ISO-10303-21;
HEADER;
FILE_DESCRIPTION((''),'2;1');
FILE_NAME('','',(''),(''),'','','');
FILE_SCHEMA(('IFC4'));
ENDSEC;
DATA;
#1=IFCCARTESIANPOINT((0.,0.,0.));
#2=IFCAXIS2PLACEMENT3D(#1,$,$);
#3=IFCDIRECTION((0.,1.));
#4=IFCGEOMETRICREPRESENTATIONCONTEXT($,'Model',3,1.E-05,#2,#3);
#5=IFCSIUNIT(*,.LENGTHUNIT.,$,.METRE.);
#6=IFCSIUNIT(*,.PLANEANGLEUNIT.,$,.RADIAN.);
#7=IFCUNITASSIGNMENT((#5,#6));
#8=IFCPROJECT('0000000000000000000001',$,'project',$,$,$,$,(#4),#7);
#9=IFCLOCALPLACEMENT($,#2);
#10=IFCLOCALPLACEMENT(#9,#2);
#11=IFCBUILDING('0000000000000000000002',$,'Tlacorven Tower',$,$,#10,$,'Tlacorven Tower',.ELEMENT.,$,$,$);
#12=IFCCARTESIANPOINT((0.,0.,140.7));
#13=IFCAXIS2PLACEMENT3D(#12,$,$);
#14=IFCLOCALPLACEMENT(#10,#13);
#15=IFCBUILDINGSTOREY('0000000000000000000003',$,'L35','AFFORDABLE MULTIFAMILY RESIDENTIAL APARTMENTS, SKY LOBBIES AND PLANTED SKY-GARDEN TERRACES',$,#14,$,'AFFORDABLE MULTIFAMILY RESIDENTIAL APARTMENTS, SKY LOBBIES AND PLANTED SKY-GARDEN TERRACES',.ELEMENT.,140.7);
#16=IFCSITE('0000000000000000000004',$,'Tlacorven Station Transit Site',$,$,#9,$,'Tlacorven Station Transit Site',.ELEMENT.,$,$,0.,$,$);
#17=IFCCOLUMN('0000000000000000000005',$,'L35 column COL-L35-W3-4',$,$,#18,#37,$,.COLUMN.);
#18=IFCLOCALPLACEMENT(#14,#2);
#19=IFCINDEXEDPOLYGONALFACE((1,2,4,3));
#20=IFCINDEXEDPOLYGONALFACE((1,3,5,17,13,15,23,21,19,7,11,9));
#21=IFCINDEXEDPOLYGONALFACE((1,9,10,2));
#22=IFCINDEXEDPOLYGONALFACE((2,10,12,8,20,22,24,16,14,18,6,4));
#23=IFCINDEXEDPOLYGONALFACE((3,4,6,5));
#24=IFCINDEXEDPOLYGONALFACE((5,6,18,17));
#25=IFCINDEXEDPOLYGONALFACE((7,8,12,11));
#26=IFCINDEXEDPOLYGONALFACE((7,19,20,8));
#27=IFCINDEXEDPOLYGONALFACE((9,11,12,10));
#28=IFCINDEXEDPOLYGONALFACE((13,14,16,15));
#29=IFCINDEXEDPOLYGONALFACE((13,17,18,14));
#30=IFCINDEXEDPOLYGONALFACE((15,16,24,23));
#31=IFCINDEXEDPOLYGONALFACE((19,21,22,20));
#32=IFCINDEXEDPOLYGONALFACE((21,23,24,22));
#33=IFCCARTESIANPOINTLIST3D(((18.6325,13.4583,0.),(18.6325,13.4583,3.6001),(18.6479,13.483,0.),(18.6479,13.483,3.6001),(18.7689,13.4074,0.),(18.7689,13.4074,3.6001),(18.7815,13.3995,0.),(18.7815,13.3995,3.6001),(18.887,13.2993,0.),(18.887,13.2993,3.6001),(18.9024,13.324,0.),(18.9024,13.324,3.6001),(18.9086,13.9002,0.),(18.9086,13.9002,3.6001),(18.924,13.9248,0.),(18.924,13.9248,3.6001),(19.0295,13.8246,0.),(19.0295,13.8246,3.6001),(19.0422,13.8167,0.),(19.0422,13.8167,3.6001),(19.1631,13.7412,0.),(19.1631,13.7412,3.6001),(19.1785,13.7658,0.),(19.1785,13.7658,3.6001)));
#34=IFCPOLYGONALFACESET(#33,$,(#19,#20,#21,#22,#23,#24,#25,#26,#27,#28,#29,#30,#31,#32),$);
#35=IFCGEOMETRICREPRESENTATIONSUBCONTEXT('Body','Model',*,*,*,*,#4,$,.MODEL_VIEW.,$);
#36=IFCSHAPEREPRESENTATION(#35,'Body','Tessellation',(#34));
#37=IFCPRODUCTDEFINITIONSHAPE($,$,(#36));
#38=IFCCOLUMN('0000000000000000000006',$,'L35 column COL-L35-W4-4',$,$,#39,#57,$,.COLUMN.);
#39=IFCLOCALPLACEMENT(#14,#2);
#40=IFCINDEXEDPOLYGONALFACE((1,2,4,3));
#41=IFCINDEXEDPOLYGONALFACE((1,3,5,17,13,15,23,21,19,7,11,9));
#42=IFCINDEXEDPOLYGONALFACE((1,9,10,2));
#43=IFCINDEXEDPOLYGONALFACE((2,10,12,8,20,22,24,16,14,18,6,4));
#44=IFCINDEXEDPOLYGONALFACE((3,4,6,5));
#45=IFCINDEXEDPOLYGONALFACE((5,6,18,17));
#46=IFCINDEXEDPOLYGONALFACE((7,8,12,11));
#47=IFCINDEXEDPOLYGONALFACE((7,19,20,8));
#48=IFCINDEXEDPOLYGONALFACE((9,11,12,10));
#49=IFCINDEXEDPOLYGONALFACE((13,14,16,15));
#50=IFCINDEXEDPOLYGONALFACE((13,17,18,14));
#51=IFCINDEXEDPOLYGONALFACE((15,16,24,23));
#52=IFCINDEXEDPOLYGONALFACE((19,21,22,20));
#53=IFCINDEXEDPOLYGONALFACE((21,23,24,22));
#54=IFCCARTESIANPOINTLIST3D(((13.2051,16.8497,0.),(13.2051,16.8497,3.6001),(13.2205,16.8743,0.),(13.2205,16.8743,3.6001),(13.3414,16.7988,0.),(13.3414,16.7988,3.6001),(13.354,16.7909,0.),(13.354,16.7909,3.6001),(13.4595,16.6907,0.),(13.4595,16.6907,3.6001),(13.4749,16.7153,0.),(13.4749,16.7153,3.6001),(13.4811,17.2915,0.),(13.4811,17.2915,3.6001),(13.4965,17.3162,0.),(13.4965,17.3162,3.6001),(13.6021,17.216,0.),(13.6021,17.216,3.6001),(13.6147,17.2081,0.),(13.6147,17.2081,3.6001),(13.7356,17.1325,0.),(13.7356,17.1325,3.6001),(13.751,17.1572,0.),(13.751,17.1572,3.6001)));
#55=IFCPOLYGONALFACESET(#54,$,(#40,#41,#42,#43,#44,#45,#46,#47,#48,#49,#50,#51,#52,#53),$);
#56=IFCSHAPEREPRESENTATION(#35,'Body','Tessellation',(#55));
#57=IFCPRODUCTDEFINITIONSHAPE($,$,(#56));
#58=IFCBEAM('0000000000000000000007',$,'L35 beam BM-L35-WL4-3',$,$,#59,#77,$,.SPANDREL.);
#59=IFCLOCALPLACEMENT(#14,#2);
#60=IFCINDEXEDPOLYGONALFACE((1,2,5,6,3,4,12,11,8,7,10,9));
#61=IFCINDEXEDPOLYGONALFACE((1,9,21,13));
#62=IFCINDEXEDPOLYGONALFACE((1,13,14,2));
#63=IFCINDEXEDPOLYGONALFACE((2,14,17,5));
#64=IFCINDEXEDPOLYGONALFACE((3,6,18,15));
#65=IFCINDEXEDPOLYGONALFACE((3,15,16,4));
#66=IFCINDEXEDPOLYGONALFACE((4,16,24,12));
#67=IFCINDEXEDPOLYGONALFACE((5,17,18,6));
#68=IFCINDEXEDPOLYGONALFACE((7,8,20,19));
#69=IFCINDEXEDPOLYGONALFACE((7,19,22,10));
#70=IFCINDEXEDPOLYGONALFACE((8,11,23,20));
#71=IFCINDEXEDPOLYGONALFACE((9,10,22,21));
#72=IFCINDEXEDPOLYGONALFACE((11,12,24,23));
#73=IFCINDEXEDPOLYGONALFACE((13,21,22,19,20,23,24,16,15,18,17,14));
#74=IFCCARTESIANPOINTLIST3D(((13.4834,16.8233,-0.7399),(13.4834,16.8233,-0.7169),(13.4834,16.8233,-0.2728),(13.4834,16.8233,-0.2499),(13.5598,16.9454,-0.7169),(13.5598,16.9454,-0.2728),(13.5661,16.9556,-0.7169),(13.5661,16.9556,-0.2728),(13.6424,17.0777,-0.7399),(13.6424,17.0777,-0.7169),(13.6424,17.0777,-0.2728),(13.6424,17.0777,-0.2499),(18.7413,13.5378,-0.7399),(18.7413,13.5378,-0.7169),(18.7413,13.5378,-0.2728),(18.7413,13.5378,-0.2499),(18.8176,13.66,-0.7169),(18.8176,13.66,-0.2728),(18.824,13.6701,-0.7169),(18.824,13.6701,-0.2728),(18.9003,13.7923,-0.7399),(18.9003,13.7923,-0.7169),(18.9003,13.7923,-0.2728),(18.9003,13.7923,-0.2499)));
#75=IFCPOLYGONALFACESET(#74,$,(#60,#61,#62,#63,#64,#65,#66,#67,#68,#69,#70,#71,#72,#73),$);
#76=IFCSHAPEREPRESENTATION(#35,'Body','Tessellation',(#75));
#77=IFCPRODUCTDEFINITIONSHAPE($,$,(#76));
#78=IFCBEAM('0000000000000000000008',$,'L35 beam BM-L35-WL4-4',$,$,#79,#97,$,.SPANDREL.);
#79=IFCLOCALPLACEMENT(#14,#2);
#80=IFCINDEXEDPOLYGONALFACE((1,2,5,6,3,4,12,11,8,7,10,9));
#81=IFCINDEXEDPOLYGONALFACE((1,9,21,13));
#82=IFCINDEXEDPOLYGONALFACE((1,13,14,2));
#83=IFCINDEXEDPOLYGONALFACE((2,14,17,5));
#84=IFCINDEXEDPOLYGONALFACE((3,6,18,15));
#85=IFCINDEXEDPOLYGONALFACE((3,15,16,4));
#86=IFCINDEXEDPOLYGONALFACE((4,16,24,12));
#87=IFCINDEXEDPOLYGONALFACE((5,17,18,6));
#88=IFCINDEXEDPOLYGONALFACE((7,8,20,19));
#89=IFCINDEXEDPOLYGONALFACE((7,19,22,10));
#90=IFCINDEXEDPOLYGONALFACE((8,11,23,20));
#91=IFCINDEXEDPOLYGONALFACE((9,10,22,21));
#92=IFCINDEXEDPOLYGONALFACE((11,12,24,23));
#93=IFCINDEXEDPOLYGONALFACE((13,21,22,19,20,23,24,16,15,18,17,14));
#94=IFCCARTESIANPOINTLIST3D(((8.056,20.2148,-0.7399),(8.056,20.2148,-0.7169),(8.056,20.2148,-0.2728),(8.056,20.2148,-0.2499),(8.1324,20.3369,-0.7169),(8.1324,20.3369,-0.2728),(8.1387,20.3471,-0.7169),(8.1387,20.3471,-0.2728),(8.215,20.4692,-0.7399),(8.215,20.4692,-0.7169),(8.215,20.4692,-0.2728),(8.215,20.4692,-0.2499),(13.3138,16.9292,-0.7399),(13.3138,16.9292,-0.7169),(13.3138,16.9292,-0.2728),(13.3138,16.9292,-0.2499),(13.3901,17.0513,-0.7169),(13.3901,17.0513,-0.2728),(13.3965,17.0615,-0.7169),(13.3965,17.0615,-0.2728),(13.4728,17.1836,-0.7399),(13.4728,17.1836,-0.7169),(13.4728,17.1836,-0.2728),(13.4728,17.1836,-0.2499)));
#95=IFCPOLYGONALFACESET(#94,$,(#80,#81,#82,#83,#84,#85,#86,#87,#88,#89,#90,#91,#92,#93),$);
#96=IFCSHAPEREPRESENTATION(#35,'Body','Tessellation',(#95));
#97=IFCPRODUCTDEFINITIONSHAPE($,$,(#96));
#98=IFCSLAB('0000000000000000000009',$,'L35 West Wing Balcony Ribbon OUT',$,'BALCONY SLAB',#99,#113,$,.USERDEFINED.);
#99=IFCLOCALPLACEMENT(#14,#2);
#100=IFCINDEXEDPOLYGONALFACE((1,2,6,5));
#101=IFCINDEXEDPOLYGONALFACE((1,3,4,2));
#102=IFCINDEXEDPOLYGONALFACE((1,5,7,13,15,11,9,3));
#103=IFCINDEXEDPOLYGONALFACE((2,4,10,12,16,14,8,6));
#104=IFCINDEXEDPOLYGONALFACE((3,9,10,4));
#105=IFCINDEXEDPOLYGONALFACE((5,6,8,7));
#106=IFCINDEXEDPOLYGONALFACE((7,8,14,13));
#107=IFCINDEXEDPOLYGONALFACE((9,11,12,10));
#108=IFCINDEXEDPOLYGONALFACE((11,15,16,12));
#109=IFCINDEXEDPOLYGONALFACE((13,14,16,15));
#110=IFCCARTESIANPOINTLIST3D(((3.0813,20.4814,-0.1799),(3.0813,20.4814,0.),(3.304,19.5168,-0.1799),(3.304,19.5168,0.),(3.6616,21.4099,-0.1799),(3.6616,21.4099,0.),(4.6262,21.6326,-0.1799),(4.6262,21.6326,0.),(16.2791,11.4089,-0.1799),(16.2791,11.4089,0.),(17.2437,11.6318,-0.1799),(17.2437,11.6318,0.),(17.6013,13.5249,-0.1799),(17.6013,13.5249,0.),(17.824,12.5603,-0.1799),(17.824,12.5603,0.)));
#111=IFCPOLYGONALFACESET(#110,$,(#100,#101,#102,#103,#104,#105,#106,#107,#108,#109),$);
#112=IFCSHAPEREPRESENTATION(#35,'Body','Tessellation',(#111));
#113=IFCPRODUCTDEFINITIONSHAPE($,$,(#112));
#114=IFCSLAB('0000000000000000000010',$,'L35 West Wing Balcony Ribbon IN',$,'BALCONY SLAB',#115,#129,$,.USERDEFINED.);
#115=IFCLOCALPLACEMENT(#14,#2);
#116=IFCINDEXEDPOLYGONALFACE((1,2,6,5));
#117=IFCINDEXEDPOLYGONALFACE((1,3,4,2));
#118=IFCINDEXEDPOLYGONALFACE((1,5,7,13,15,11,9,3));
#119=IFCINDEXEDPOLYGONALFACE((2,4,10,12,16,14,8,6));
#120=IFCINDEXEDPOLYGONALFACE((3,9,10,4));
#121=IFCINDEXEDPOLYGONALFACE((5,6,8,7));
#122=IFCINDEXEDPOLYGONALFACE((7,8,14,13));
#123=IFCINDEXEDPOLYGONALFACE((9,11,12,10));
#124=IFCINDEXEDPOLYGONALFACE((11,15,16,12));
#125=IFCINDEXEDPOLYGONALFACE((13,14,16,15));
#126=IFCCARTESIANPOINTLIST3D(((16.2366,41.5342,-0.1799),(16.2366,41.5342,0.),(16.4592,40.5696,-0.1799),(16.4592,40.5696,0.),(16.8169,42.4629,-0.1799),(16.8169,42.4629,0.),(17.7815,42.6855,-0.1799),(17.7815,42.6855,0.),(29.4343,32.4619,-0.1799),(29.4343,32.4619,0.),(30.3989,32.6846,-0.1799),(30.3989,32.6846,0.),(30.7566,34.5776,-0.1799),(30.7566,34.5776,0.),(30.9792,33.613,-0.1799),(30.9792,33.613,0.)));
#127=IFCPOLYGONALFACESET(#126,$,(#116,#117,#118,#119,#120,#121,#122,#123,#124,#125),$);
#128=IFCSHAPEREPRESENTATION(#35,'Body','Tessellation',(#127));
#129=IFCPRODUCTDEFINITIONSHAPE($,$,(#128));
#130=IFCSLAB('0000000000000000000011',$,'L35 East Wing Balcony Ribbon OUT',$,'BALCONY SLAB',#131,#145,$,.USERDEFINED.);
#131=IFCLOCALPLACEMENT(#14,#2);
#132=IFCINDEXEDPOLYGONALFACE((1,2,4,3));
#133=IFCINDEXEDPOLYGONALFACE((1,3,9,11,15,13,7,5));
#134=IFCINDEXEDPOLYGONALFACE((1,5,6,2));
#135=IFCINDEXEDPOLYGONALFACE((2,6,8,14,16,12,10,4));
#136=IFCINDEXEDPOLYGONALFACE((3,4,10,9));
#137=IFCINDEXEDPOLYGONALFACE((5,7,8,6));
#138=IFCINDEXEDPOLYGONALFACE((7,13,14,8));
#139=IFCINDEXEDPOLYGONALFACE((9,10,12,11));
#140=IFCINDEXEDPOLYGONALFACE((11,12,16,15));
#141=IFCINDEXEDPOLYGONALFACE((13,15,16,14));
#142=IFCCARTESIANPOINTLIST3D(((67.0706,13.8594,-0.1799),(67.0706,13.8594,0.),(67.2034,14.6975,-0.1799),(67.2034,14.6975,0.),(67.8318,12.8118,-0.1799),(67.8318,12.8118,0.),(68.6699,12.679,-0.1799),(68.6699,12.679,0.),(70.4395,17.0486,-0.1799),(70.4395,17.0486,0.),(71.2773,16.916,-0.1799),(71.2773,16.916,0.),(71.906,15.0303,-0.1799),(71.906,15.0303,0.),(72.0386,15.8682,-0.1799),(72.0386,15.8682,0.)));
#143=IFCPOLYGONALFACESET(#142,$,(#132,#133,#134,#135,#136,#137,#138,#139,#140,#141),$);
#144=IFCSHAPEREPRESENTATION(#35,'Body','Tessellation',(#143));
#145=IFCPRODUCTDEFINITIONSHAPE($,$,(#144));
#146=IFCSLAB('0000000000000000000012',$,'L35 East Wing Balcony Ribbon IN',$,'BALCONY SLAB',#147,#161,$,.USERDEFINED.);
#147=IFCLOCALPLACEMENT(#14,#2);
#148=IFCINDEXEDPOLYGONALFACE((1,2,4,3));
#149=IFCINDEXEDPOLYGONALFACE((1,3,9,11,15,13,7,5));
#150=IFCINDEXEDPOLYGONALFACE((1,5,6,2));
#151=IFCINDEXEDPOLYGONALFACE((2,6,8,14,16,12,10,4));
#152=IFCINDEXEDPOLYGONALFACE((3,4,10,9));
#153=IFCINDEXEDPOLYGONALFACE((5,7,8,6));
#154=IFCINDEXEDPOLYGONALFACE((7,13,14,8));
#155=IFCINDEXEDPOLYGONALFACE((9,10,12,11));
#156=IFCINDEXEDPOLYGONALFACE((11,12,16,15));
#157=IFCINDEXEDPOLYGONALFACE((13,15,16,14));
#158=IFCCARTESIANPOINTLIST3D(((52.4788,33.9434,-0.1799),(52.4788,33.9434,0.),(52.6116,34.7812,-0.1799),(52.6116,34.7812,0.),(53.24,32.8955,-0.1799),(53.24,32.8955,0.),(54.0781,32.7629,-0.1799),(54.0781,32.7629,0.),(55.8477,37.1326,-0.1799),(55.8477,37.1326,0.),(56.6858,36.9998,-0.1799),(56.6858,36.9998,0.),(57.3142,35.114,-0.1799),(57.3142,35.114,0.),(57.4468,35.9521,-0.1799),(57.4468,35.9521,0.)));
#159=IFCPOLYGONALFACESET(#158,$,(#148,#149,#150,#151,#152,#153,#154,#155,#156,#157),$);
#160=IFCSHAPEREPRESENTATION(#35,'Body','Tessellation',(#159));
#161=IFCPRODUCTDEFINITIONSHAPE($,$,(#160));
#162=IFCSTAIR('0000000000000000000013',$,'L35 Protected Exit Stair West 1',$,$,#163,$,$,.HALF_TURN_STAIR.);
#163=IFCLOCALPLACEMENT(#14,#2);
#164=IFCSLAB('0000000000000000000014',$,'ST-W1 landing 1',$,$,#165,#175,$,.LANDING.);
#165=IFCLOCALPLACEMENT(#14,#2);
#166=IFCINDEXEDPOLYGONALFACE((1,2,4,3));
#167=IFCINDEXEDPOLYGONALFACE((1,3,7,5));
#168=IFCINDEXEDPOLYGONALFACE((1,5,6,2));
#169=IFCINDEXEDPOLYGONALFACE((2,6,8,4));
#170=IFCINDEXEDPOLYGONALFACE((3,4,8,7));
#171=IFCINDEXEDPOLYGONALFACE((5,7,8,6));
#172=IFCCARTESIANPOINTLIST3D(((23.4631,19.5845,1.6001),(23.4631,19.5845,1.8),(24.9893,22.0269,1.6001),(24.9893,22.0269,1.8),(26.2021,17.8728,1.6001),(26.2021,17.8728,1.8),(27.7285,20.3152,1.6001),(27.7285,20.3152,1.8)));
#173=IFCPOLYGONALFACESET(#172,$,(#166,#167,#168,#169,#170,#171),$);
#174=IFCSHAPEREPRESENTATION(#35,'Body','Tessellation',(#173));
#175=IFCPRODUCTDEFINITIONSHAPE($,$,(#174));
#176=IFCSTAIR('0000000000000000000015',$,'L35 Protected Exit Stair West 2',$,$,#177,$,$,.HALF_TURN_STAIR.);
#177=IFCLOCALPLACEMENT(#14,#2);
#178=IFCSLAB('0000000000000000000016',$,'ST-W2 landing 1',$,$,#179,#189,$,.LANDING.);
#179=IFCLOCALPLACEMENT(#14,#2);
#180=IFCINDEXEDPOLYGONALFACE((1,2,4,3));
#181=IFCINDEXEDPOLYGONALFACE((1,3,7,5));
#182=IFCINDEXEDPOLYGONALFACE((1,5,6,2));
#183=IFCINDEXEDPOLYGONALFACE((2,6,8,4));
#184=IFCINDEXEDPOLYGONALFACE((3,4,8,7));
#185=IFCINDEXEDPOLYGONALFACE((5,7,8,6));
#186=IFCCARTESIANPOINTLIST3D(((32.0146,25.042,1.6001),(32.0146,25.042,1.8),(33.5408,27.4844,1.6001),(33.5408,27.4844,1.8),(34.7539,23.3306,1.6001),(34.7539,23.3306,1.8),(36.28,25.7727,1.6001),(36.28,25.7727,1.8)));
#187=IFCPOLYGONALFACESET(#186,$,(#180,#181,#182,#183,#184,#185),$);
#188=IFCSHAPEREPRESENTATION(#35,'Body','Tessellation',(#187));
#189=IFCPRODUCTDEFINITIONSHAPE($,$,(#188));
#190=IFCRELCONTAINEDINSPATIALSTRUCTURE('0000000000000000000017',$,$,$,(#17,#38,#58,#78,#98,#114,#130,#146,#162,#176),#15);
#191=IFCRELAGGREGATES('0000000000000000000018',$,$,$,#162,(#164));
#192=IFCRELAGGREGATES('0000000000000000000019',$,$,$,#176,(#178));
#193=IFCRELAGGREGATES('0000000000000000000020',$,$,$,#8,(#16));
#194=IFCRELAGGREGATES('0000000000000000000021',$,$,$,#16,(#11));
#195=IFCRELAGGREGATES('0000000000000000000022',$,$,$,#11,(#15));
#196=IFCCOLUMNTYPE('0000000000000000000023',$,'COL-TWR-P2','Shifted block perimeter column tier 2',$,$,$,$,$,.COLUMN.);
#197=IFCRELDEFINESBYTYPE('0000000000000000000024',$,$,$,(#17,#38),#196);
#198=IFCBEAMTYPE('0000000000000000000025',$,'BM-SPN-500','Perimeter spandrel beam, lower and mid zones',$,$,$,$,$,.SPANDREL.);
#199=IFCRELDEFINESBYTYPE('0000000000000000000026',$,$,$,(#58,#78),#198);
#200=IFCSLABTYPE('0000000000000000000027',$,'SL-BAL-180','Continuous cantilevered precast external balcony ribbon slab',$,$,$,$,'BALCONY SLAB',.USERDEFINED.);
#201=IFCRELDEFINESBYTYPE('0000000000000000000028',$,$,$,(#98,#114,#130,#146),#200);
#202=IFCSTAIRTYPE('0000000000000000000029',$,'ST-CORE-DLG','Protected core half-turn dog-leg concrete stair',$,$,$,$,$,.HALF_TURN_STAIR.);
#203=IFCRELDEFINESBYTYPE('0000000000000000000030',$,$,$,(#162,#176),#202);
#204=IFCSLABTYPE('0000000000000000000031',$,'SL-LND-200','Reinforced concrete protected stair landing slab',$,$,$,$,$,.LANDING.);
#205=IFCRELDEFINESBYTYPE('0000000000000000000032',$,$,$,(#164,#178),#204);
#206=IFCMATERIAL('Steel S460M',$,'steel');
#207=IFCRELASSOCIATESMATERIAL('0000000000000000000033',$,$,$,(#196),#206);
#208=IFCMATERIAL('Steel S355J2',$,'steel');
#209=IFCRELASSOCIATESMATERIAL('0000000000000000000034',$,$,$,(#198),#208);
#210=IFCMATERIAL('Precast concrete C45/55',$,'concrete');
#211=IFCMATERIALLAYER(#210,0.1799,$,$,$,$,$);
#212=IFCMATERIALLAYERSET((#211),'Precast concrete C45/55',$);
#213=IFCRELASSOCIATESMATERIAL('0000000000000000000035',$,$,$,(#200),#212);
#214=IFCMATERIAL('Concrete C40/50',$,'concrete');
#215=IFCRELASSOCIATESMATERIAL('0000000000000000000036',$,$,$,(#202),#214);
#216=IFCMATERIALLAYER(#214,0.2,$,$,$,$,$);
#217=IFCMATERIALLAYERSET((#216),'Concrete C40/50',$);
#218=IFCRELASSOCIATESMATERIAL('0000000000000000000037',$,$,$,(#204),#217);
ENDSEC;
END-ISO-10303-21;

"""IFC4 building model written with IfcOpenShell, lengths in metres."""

from ifc_helpers import new_model, si_unit, direction, frame, origin, origin_2d, place, context, subcontext, project, spatial, polyline, i_section, outline, extrude, source, transform, mapped, material, layer, layer_set, material_profile, profile_set, type_object, element, aggregate, save


model = new_model("IFC4")

# Units and contexts
model_context = context("Model", 3, precision=1e-05, world=origin(), true_north=direction((0.0, 1.0)))
body_context = subcontext(model_context, "Body", "Model", "MODEL_VIEW")
ifc_project = project(units=[si_unit("LENGTHUNIT", "METRE"), si_unit("PLANEANGLEUNIT", "RADIAN")], contexts=[model_context])

# Site, building, storey
site_placement = place(None, origin())
site = spatial("IfcSite", under=ifc_project, at=site_placement, Name="Tlacorven Station Transit Site", LongName="Tlacorven Station Transit Site", CompositionType="ELEMENT", RefElevation=0.0)
building_placement = place(site_placement, origin())
building = spatial("IfcBuilding", under=site, at=building_placement, Name="Tlacorven Tower", LongName="Tlacorven Tower", CompositionType="ELEMENT")
storey_placement = place(building_placement, frame((0.0, 0.0, 140.7)))
storey = spatial("IfcBuildingStorey", under=building, at=storey_placement, Name="L35", Description="AFFORDABLE MULTIFAMILY RESIDENTIAL APARTMENTS, SKY LOBBIES AND PLANTED SKY-GARDEN TERRACES", LongName="AFFORDABLE MULTIFAMILY RESIDENTIAL APARTMENTS, SKY LOBBIES AND PLANTED SKY-GARDEN TERRACES", CompositionType="ELEMENT", Elevation=140.7)

# Columns
ifc_material_1 = material(Name="Steel S460M", Category="steel")
ifc_material_profile_1 = material_profile(ifc_material_1, i_section(OverallWidth=0.3, OverallDepth=0.55, WebThickness=0.0149, FlangeThickness=0.0291, at=origin_2d()), Name="HEB 550")
ifc_profile_set_1 = profile_set([ifc_material_profile_1], Name="Steel S460M")
column_type = type_object("IfcColumnType", Name="COL-TWR-P2", Description="Shifted block perimeter column tier 2", PredefinedType="COLUMN", material=ifc_profile_set_1)
shared_shape_1 = source(origin(), body_context, "Body", "SweptSolid", [
    extrude(i_section(OverallWidth=0.3, OverallDepth=0.55, WebThickness=0.0149, FlangeThickness=0.0291, at=origin_2d()), origin(), (0.0, 0.0, 1.0), 3.6001),
])
for number, where, z_axis, x_axis, name in (
    (1, (18.9055, 13.6121, 0.0), (0.0, 0.0, 1.0), (-0.848048, 0.529919, 0.0), "L35 column COL-L35-W3-4"),
    (2, (13.478, 17.0034, 0.0), (0.0, 0.0, 1.0), (-0.848048, 0.529919, 0.0), "L35 column COL-L35-W4-4"),
):
    element("IfcColumn", number, at=place(storey_placement, frame(where, z_axis=z_axis, x_axis=x_axis)), inside=storey, type_object=column_type, Name=name, PredefinedType="COLUMN", context=body_context, shape_type="MappedRepresentation", body=[
        mapped(shared_shape_1, transform((0.0, 0.0, 0.0), scale=1.0)),
    ])

# Beams
ifc_material_2 = material(Name="Steel S355J2", Category="steel")
ifc_material_profile_2 = material_profile(ifc_material_2, i_section(OverallWidth=0.3, OverallDepth=0.49, WebThickness=0.012, FlangeThickness=0.0229, at=origin_2d()), Name="HEA 500")
ifc_profile_set_2 = profile_set([ifc_material_profile_2], Name="Steel S355J2")
beam_type = type_object("IfcBeamType", Name="BM-SPN-500", Description="Perimeter spandrel beam, lower and mid zones", PredefinedType="SPANDREL", material=ifc_profile_set_2)
shared_shape_2 = source(origin(), body_context, "Body", "SweptSolid", [
    extrude(i_section(OverallWidth=0.3, OverallDepth=0.49, WebThickness=0.012, FlangeThickness=0.0229, at=origin_2d()), origin(), (0.0, 0.0, 1.0), 6.2),
])
for number, where, z_axis, x_axis, name in (
    (3, (18.8208, 13.665, -0.4949), (-0.848051, 0.529914, 0.0), (-0.529914, -0.848051, 0.0), "L35 beam BM-L35-WL4-3"),
    (4, (13.3933, 17.0564, -0.4949), (-0.848034, 0.529942, 0.0), (-0.529942, -0.848034, 0.0), "L35 beam BM-L35-WL4-4"),
):
    element("IfcBeam", number, at=place(storey_placement, frame(where, z_axis=z_axis, x_axis=x_axis)), inside=storey, type_object=beam_type, Name=name, PredefinedType="SPANDREL", context=body_context, shape_type="MappedRepresentation", body=[
        mapped(shared_shape_2, transform((0.0, 0.0, 0.0), scale=1.0)),
    ])

# Slabs
ifc_material_3 = material(Name="Precast concrete C45/55", Category="concrete")
ifc_layer_1 = layer(ifc_material_3, 0.1799)
ifc_layer_set_1 = layer_set([ifc_layer_1], Name="Precast concrete C45/55")
slab_type_1 = type_object("IfcSlabType", Name="SL-BAL-180", Description="Continuous cantilevered precast external balcony ribbon slab", ElementType="BALCONY SLAB", PredefinedType="USERDEFINED", material=ifc_layer_set_1)
slab_1_placement = place(storey_placement, frame((0.0, 0.0, -0.1799)))
element("IfcSlab", 5, at=slab_1_placement, inside=storey, type_object=slab_type_1, Name="L35 West Wing Balcony Ribbon OUT", ObjectType="BALCONY SLAB", PredefinedType="USERDEFINED", context=body_context, shape_type="SweptSolid", body=[
    extrude(outline(polyline([(17.6013, 13.5249), (4.6262, 21.6326), (3.6616, 21.4099), (3.0813, 20.4814), (3.304, 19.5168), (16.2791, 11.4089), (17.2437, 11.6318), (17.824, 12.5603), (17.6013, 13.5249)])), origin(), (0.0, 0.0, 1.0), 0.1799),
])
slab_2_placement = place(storey_placement, frame((0.0, 0.0, -0.1799)))
element("IfcSlab", 6, at=slab_2_placement, inside=storey, type_object=slab_type_1, Name="L35 West Wing Balcony Ribbon IN", ObjectType="BALCONY SLAB", PredefinedType="USERDEFINED", context=body_context, shape_type="SweptSolid", body=[
    extrude(outline(polyline([(30.7566, 34.5776), (17.7815, 42.6855), (16.8169, 42.4629), (16.2366, 41.5342), (16.4592, 40.5696), (29.4343, 32.4619), (30.3989, 32.6846), (30.9792, 33.613), (30.7566, 34.5776)])), origin(), (0.0, 0.0, 1.0), 0.1799),
])
slab_3_placement = place(storey_placement, frame((0.0, 0.0, -0.1799)))
element("IfcSlab", 7, at=slab_3_placement, inside=storey, type_object=slab_type_1, Name="L35 East Wing Balcony Ribbon OUT", ObjectType="BALCONY SLAB", PredefinedType="USERDEFINED", context=body_context, shape_type="SweptSolid", body=[
    extrude(outline(polyline([(68.6699, 12.679), (71.906, 15.0303), (72.0386, 15.8682), (71.2773, 16.916), (70.4395, 17.0486), (67.2034, 14.6975), (67.0706, 13.8594), (67.8318, 12.8118), (68.6699, 12.679)])), origin(), (0.0, 0.0, 1.0), 0.1799),
])
slab_4_placement = place(storey_placement, frame((0.0, 0.0, -0.1799)))
element("IfcSlab", 8, at=slab_4_placement, inside=storey, type_object=slab_type_1, Name="L35 East Wing Balcony Ribbon IN", ObjectType="BALCONY SLAB", PredefinedType="USERDEFINED", context=body_context, shape_type="SweptSolid", body=[
    extrude(outline(polyline([(54.0781, 32.7629), (57.3142, 35.114), (57.4468, 35.9521), (56.6858, 36.9998), (55.8477, 37.1326), (52.6116, 34.7812), (52.4788, 33.9434), (53.24, 32.8955), (54.0781, 32.7629)])), origin(), (0.0, 0.0, 1.0), 0.1799),
])

# Stairs, slabs
ifc_material_4 = material(Name="Concrete C40/50", Category="concrete")
stair_type = type_object("IfcStairType", Name="ST-CORE-DLG", Description="Protected core half-turn dog-leg concrete stair", PredefinedType="HALF_TURN_STAIR", material=ifc_material_4)
stair_1_placement = place(storey_placement, origin())
stair_1 = element("IfcStair", 9, at=stair_1_placement, inside=storey, type_object=stair_type, Name="L35 Protected Exit Stair West 1", PredefinedType="HALF_TURN_STAIR")
ifc_layer_2 = layer(ifc_material_4, 0.2)
ifc_layer_set_2 = layer_set([ifc_layer_2], Name="Concrete C40/50")
slab_type_2 = type_object("IfcSlabType", Name="SL-LND-200", Description="Reinforced concrete protected stair landing slab", PredefinedType="LANDING", material=ifc_layer_set_2)
slab_5_placement = place(storey_placement, frame((0.0, 0.0, 1.6001)))
slab_5 = element("IfcSlab", 10, at=slab_5_placement, type_object=slab_type_2, Name="ST-W1 landing 1", PredefinedType="LANDING", context=body_context, shape_type="SweptSolid", body=[
    extrude(outline(polyline([(27.7285, 20.3152), (24.9893, 22.0269), (23.4631, 19.5845), (26.2021, 17.8728), (27.7285, 20.3152)])), origin(), (0.0, 0.0, 1.0), 0.2),
])
aggregate(stair_1, [slab_5])
stair_2_placement = place(storey_placement, origin())
stair_2 = element("IfcStair", 11, at=stair_2_placement, inside=storey, type_object=stair_type, Name="L35 Protected Exit Stair West 2", PredefinedType="HALF_TURN_STAIR")
slab_6_placement = place(storey_placement, frame((0.0, 0.0, 1.6001)))
slab_6 = element("IfcSlab", 12, at=slab_6_placement, type_object=slab_type_2, Name="ST-W2 landing 1", PredefinedType="LANDING", context=body_context, shape_type="SweptSolid", body=[
    extrude(outline(polyline([(36.28, 25.7727), (33.5408, 27.4844), (32.0146, 25.042), (34.7539, 23.3306), (36.28, 25.7727)])), origin(), (0.0, 0.0, 1.0), 0.2),
])
aggregate(stair_2, [slab_6])

save(model, "model.ifc")
